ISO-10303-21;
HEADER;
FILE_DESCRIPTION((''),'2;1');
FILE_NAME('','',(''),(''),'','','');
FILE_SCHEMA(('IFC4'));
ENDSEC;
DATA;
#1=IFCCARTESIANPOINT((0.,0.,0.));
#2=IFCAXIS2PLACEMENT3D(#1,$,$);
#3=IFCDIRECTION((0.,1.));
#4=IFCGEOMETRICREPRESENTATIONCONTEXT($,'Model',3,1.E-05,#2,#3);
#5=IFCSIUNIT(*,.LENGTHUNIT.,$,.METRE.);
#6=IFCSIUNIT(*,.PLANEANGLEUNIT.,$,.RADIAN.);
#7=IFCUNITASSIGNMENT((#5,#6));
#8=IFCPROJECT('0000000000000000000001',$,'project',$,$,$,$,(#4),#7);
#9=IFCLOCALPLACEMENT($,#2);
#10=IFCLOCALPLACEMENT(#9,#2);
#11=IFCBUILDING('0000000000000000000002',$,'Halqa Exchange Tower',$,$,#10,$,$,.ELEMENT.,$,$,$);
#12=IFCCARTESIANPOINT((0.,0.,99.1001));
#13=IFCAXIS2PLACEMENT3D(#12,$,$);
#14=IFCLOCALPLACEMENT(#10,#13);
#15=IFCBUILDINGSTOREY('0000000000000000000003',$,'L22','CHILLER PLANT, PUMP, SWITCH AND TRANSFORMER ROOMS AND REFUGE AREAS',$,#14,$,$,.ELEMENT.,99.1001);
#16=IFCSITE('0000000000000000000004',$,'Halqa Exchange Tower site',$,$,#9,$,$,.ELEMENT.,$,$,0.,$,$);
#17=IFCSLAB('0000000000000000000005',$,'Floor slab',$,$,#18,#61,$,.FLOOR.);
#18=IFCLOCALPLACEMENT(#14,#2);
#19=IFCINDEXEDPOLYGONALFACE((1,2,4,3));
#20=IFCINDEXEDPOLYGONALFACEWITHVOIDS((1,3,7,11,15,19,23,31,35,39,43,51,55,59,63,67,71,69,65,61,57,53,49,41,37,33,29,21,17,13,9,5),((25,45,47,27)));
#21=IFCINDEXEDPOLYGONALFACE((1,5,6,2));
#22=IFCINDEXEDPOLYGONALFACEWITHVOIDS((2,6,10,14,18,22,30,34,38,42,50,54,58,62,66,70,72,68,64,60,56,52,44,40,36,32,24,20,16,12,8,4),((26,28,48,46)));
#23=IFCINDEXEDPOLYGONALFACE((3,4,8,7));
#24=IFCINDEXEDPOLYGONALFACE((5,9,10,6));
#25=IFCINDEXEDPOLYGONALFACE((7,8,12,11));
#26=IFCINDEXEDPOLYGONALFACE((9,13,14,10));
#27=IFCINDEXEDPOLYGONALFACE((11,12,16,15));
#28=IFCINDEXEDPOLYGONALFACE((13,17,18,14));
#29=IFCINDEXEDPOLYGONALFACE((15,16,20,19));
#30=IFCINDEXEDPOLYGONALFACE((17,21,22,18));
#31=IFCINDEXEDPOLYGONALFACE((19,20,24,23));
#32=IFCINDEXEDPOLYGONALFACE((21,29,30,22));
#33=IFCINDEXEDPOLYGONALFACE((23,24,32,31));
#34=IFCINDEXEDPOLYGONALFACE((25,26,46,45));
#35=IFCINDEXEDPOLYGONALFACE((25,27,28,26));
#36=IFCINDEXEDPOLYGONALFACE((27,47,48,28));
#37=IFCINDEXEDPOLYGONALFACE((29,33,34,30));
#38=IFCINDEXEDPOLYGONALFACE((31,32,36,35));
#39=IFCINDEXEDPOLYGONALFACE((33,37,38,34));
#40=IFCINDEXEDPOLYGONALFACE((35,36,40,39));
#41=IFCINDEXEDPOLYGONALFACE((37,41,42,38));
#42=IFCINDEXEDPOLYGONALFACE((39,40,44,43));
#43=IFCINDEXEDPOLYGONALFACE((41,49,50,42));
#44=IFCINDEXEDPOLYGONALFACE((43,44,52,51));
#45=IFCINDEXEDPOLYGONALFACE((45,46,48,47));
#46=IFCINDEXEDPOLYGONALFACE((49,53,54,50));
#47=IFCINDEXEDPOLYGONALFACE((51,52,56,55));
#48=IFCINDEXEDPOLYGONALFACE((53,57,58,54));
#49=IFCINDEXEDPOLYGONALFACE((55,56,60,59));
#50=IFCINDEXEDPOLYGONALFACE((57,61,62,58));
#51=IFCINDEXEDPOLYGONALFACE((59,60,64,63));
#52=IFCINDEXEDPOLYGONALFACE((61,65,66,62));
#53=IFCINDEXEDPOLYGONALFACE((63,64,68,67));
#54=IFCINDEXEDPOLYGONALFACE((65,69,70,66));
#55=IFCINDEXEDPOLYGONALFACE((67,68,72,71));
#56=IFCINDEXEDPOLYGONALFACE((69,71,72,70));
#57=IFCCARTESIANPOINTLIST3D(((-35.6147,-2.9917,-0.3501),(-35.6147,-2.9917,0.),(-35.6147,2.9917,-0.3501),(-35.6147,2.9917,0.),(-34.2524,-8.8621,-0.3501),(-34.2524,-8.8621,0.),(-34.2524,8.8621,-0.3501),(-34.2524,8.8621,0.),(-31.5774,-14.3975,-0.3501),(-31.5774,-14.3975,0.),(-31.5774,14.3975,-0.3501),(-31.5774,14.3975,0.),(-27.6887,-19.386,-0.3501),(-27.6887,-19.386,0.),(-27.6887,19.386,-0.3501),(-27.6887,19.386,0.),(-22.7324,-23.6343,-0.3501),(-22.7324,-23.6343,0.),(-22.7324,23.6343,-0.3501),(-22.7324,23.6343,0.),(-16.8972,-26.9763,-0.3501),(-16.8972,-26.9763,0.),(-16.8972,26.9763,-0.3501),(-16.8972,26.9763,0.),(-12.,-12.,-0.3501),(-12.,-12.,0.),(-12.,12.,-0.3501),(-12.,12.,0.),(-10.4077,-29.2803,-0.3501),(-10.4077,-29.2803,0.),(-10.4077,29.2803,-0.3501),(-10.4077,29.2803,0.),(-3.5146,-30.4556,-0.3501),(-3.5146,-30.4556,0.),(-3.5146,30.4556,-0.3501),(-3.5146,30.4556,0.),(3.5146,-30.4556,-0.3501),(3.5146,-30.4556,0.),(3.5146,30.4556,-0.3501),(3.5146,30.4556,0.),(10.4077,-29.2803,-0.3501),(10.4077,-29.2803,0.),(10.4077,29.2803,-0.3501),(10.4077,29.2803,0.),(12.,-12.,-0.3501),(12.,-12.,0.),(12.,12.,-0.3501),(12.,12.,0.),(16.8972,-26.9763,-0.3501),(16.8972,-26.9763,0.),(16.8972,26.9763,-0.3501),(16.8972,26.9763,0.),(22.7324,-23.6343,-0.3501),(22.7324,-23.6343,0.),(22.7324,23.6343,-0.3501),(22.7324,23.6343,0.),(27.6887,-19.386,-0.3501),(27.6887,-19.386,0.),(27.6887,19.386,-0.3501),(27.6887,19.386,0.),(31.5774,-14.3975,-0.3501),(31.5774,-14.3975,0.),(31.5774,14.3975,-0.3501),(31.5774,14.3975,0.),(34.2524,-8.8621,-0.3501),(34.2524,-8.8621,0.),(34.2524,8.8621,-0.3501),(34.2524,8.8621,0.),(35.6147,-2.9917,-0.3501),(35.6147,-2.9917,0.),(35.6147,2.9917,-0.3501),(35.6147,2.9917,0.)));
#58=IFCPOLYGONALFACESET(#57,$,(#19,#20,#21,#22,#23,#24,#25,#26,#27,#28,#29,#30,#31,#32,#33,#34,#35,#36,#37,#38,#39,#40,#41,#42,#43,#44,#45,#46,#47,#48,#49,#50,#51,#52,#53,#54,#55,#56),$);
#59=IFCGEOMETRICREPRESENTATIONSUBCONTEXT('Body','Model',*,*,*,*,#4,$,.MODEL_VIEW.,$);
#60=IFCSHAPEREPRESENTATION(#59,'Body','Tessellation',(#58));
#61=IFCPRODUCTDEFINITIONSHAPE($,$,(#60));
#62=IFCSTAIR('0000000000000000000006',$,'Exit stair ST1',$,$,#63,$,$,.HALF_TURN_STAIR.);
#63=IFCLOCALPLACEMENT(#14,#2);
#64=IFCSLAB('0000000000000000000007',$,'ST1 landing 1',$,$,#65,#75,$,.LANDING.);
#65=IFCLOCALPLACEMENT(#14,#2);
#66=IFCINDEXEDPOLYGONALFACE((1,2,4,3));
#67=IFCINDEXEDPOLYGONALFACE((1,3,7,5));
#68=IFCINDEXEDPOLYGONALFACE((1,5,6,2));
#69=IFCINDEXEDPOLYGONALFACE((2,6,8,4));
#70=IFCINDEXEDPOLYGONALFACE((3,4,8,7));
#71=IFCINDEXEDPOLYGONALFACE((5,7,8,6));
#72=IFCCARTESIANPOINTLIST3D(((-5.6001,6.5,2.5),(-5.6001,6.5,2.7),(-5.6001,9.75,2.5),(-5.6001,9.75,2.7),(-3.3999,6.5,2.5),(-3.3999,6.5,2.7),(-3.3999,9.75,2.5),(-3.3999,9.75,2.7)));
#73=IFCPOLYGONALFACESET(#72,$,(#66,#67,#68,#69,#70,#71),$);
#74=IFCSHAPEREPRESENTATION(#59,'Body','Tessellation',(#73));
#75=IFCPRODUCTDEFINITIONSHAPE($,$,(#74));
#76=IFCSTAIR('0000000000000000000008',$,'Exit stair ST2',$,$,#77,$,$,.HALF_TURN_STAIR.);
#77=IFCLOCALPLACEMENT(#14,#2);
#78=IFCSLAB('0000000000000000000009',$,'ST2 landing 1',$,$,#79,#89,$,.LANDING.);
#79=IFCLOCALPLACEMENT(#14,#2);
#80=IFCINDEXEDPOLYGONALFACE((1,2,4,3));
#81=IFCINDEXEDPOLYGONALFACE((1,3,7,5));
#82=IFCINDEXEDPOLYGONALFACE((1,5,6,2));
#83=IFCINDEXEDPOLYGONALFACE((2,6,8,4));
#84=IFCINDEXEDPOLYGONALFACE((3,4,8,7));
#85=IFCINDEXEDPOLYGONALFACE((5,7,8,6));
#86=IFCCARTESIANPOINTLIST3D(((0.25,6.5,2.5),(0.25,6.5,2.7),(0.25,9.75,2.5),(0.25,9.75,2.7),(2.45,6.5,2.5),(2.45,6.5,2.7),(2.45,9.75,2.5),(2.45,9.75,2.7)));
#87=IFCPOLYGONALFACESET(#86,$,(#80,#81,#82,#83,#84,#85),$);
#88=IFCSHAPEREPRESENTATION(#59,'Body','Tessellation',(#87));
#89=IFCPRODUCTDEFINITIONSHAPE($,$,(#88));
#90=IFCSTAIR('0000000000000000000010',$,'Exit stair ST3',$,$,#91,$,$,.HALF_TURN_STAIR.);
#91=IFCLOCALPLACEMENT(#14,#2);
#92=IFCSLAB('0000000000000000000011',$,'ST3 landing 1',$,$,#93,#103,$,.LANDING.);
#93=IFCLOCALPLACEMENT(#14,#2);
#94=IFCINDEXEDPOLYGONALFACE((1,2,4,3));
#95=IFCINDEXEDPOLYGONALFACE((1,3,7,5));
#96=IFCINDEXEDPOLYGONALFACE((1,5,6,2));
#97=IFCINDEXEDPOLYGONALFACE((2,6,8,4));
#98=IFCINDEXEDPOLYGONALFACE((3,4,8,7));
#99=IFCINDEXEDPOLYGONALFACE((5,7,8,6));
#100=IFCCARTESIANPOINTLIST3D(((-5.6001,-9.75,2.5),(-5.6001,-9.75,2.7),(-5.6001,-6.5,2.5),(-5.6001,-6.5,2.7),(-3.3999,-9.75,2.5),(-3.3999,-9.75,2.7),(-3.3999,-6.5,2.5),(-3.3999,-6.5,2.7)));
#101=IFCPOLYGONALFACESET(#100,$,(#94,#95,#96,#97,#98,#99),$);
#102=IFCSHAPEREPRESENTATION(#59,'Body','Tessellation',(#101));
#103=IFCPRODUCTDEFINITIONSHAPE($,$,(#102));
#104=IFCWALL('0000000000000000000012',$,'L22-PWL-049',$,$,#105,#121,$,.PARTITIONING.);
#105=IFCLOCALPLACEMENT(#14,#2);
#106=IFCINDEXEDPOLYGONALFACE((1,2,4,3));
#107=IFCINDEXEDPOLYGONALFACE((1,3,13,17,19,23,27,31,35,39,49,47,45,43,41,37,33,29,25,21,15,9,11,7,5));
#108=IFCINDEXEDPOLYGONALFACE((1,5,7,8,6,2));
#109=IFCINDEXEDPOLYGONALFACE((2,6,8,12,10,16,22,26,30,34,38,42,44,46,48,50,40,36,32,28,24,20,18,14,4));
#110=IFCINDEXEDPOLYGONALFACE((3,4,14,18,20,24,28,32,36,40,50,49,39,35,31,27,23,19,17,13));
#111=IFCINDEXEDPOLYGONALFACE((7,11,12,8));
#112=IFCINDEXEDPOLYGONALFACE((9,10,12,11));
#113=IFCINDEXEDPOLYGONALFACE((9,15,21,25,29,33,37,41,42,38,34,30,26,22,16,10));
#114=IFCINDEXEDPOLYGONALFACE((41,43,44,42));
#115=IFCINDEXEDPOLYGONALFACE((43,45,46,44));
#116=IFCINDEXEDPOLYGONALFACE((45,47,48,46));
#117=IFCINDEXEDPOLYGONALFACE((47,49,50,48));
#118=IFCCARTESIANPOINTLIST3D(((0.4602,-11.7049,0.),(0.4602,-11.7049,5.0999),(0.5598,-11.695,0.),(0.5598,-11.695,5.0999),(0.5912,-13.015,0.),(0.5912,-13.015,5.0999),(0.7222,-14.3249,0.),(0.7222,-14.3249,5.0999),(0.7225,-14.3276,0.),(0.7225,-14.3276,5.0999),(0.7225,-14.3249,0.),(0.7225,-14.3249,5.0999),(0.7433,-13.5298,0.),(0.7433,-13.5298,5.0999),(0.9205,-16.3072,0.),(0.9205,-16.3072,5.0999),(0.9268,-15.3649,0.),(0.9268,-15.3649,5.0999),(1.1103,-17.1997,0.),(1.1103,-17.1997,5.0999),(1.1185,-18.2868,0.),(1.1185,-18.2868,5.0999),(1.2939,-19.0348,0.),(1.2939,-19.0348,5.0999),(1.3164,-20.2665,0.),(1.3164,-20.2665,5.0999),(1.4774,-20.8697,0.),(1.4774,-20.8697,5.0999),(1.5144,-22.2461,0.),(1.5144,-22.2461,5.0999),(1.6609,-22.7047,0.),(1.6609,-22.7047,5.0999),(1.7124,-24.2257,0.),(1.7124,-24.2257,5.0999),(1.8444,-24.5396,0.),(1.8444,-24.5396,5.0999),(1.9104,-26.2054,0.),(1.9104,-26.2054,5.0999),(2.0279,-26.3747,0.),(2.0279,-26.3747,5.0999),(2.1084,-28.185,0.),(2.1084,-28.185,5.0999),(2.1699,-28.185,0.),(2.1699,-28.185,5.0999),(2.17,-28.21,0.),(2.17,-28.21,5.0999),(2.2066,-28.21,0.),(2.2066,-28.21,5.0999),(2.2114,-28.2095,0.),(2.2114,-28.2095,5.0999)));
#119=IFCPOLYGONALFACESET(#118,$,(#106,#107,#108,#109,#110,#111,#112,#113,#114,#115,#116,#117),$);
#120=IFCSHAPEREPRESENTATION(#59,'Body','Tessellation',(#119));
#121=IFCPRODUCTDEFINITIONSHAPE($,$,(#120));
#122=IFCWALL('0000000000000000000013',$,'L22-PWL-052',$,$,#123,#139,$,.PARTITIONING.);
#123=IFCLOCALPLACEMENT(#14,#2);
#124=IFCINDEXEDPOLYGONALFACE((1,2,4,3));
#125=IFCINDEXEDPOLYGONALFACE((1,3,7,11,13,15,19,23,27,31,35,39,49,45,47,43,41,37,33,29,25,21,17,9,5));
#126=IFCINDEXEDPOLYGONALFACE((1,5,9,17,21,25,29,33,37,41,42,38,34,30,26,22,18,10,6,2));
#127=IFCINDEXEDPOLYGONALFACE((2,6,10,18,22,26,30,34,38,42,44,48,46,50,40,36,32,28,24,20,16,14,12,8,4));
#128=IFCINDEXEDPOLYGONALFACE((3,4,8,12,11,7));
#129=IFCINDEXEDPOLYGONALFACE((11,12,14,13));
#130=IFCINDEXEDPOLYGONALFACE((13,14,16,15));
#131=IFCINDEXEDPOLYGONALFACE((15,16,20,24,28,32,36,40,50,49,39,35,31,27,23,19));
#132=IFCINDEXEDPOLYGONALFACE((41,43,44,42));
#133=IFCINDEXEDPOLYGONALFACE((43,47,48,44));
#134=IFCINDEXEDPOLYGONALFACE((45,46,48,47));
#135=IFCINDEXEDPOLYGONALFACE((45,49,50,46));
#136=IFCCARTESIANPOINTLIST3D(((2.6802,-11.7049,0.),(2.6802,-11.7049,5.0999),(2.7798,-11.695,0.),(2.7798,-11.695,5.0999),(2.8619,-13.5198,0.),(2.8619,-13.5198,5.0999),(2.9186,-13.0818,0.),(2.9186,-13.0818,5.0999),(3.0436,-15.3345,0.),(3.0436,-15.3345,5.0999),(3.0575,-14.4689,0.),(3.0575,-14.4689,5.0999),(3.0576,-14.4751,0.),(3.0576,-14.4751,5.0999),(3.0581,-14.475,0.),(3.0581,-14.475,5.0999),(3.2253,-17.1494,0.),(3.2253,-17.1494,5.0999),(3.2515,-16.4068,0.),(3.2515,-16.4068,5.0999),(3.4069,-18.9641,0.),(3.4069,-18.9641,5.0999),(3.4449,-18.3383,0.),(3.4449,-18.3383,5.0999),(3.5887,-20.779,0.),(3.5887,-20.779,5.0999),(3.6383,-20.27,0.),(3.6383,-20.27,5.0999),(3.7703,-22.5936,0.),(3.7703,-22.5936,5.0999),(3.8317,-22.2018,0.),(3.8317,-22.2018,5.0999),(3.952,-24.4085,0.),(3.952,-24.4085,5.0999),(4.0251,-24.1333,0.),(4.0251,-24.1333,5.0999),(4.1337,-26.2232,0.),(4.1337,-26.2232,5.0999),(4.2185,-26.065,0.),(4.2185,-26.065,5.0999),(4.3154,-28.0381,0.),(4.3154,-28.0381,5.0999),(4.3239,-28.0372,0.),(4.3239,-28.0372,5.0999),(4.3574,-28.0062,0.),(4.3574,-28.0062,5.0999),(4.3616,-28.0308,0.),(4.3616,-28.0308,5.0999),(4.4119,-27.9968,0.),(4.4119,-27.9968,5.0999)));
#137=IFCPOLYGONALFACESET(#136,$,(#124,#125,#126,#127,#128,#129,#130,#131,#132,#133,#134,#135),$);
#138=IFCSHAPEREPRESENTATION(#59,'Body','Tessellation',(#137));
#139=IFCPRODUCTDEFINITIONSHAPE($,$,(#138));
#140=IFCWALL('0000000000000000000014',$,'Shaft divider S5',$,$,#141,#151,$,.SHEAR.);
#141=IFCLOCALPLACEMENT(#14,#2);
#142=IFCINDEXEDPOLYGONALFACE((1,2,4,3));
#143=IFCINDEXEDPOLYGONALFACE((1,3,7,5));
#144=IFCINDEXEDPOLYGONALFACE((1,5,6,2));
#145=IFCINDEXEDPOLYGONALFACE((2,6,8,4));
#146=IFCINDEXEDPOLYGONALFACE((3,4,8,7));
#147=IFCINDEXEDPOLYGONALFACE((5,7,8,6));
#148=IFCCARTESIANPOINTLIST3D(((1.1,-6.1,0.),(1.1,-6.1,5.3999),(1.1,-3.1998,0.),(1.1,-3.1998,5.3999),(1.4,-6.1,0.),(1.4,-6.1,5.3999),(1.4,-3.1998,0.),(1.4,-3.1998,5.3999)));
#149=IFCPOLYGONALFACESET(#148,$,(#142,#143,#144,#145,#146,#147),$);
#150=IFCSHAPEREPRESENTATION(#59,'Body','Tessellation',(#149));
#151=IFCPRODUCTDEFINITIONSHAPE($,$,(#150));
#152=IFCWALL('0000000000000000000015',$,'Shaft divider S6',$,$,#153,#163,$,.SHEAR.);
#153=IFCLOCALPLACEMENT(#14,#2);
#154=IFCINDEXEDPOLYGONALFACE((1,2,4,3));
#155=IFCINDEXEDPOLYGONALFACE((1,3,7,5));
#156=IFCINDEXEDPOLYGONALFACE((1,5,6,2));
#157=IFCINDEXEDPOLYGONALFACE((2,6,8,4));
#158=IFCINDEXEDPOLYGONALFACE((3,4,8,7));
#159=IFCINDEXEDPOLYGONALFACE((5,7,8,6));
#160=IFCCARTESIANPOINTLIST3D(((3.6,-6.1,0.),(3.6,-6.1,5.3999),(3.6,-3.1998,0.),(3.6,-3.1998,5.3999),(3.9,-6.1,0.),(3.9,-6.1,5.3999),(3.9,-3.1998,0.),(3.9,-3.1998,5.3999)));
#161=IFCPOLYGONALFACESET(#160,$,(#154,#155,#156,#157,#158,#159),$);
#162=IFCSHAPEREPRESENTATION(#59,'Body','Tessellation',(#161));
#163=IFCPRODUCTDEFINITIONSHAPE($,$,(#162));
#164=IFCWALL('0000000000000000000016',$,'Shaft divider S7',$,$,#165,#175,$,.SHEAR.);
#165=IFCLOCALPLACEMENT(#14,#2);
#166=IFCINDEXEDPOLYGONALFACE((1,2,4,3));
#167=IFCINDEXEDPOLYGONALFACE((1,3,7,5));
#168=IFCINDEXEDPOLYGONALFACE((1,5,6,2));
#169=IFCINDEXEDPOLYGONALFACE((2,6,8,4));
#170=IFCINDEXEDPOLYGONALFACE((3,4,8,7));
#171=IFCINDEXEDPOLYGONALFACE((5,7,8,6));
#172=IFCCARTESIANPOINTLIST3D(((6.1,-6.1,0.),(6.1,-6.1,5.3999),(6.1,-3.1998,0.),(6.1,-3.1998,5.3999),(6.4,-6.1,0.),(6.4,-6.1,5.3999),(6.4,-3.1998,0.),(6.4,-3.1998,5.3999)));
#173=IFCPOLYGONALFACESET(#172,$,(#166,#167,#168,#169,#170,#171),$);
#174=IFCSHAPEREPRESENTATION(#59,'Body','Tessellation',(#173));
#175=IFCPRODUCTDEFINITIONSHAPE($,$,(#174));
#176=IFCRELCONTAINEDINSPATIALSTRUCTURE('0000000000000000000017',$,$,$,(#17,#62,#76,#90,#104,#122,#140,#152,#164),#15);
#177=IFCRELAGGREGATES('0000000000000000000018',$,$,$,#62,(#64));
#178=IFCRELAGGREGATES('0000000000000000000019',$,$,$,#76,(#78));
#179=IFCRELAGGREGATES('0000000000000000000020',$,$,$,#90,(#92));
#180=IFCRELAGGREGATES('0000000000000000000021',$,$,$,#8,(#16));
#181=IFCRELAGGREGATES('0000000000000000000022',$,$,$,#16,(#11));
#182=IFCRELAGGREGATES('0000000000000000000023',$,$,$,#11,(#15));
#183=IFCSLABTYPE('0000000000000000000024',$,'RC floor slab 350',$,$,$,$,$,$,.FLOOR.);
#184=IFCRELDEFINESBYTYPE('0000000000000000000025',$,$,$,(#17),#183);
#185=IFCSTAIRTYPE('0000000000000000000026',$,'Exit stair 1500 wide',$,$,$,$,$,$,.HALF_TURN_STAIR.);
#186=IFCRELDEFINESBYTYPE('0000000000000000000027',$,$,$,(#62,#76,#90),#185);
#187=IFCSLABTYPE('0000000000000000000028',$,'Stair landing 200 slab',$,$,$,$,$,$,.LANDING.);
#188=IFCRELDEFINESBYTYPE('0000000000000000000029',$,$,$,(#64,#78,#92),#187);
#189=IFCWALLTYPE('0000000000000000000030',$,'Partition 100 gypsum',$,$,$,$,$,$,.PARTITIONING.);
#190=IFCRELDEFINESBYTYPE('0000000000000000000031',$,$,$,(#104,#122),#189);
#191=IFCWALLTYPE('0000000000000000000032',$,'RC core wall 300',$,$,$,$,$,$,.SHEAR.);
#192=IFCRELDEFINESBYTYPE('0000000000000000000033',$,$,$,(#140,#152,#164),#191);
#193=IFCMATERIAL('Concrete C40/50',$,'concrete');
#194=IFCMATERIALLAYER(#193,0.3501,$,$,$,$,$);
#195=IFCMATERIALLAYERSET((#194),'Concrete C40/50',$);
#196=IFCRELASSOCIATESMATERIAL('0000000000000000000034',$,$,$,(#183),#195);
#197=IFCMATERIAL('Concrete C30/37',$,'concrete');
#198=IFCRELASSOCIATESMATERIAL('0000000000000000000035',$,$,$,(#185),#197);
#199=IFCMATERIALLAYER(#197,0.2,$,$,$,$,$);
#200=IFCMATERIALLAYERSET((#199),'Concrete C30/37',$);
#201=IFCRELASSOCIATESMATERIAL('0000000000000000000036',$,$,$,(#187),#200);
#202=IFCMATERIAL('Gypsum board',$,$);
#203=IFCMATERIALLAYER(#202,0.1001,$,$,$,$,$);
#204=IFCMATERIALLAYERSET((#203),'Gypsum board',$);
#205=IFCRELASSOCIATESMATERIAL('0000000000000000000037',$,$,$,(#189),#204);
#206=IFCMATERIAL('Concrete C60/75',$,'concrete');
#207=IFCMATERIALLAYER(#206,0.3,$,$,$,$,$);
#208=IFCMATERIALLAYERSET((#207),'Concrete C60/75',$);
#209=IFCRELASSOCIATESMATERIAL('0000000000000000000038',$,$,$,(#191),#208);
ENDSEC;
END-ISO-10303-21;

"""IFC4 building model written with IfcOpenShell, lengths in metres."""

from ifc_helpers import new_model, si_unit, direction, frame, frame_2d, origin, place, context, subcontext, project, spatial, polyline, rectangle, outline, extrude, material, layer, layer_set, type_object, element, aggregate, save


model = new_model("IFC4")

# Units and contexts
model_context = context("Model", 3, precision=1e-05, world=origin(), true_north=direction((0.0, 1.0)))
body_context = subcontext(model_context, "Body", "Model", "MODEL_VIEW")
ifc_project = project(units=[si_unit("LENGTHUNIT", "METRE"), si_unit("PLANEANGLEUNIT", "RADIAN")], contexts=[model_context])

# Site, building, storey
site_placement = place(None, origin())
site = spatial("IfcSite", under=ifc_project, at=site_placement, Name="Halqa Exchange Tower site", CompositionType="ELEMENT", RefElevation=0.0)
building_placement = place(site_placement, origin())
building = spatial("IfcBuilding", under=site, at=building_placement, Name="Halqa Exchange Tower", CompositionType="ELEMENT")
storey_placement = place(building_placement, frame((0.0, 0.0, 99.1001)))
storey = spatial("IfcBuildingStorey", under=building, at=storey_placement, Name="L22", Description="CHILLER PLANT, PUMP, SWITCH AND TRANSFORMER ROOMS AND REFUGE AREAS", CompositionType="ELEMENT", Elevation=99.1001)

# Slab
ifc_material_1 = material(Name="Concrete C60/75", Category="concrete")
ifc_material_2 = material(Name="Concrete C40/50", Category="concrete")
ifc_layer_1 = layer(ifc_material_2, 0.3501)
ifc_layer_set_1 = layer_set([ifc_layer_1], Name="Concrete C40/50")
slab_type_1 = type_object("IfcSlabType", Name="RC floor slab 350", PredefinedType="FLOOR", material=ifc_layer_set_1)
slab_1_placement = place(storey_placement, frame((0.0, 0.0, -0.3501)))
element("IfcSlab", 1, at=slab_1_placement, inside=storey, type_object=slab_type_1, Name="Floor slab", PredefinedType="FLOOR", context=body_context, shape_type="SweptSolid", body=[
    extrude(outline(polyline([(35.6147, 2.9917), (35.6147, -2.9917), (34.2524, -8.8621), (31.5774, -14.3975), (27.6887, -19.386), (22.7324, -23.6343), (16.8972, -26.9763), (10.4077, -29.2803), (3.5146, -30.4556), (-3.5146, -30.4556), (-10.4077, -29.2803), (-16.8972, -26.9763), (-22.7324, -23.6343), (-27.6887, -19.386), (-31.5774, -14.3975), (-34.2524, -8.8621), (-35.6147, -2.9917), (-35.6147, 2.9917), (-34.2524, 8.8621), (-31.5774, 14.3975), (-27.6887, 19.386), (-22.7324, 23.6343), (-16.8972, 26.9763), (-10.4077, 29.2803), (-3.5146, 30.4556), (3.5146, 30.4556), (10.4077, 29.2803), (16.8972, 26.9763), (22.7324, 23.6343), (27.6887, 19.386), (31.5774, 14.3975), (34.2524, 8.8621), (35.6147, 2.9917)]), holes=[polyline([(-12.0, -12.0), (12.0, -12.0), (12.0, 12.0), (-12.0, 12.0), (-12.0, -12.0)])]), origin(), (0.0, 0.0, 1.0), 0.3501),
])

# Stairs, slabs
ifc_material_3 = material(Name="Concrete C30/37", Category="concrete")
stair_type = type_object("IfcStairType", Name="Exit stair 1500 wide", PredefinedType="HALF_TURN_STAIR", material=ifc_material_3)
stair_1_placement = place(storey_placement, origin())
stair_1 = element("IfcStair", 2, at=stair_1_placement, inside=storey, type_object=stair_type, Name="Exit stair ST1", PredefinedType="HALF_TURN_STAIR")
ifc_layer_2 = layer(ifc_material_3, 0.2)
ifc_layer_set_2 = layer_set([ifc_layer_2], Name="Concrete C30/37")
slab_type_2 = type_object("IfcSlabType", Name="Stair landing 200 slab", PredefinedType="LANDING", material=ifc_layer_set_2)
slab_2_placement = place(storey_placement, frame((0.0, 0.0, 2.5)))
slab_2 = element("IfcSlab", 3, at=slab_2_placement, type_object=slab_type_2, Name="ST1 landing 1", PredefinedType="LANDING", context=body_context, shape_type="SweptSolid", body=[
    extrude(outline(polyline([(-5.6001, 6.5), (-3.3999, 6.5), (-3.3999, 9.75), (-5.6001, 9.75), (-5.6001, 6.5)])), origin(), (0.0, 0.0, 1.0), 0.2),
])
aggregate(stair_1, [slab_2])
stair_2_placement = place(storey_placement, origin())
stair_2 = element("IfcStair", 4, at=stair_2_placement, inside=storey, type_object=stair_type, Name="Exit stair ST2", PredefinedType="HALF_TURN_STAIR")
slab_3_placement = place(storey_placement, frame((0.0, 0.0, 2.5)))
slab_3 = element("IfcSlab", 5, at=slab_3_placement, type_object=slab_type_2, Name="ST2 landing 1", PredefinedType="LANDING", context=body_context, shape_type="SweptSolid", body=[
    extrude(outline(polyline([(0.25, 6.5), (2.45, 6.5), (2.45, 9.75), (0.25, 9.75), (0.25, 6.5)])), origin(), (0.0, 0.0, 1.0), 0.2),
])
aggregate(stair_2, [slab_3])
stair_3_placement = place(storey_placement, origin())
stair_3 = element("IfcStair", 6, at=stair_3_placement, inside=storey, type_object=stair_type, Name="Exit stair ST3", PredefinedType="HALF_TURN_STAIR")
slab_4_placement = place(storey_placement, frame((0.0, 0.0, 2.5)))
slab_4 = element("IfcSlab", 7, at=slab_4_placement, type_object=slab_type_2, Name="ST3 landing 1", PredefinedType="LANDING", context=body_context, shape_type="SweptSolid", body=[
    extrude(outline(polyline([(-5.6001, -9.75), (-3.3999, -9.75), (-3.3999, -6.5), (-5.6001, -6.5), (-5.6001, -9.75)])), origin(), (0.0, 0.0, 1.0), 0.2),
])
aggregate(stair_3, [slab_4])

# Walls
ifc_material_4 = material(Name="Gypsum board")
ifc_layer_3 = layer(ifc_material_4, 0.1001)
ifc_layer_set_3 = layer_set([ifc_layer_3], Name="Gypsum board")
wall_type_1 = type_object("IfcWallType", Name="Partition 100 gypsum", PredefinedType="PARTITIONING", material=ifc_layer_set_3)
wall_1_placement = place(storey_placement, frame((0.51, -11.7, 0.0), z_axis=(0.0, 0.0, 1.0), x_axis=(0.099512, -0.995036, 0.0)))
element("IfcWall", 8, at=wall_1_placement, inside=storey, type_object=wall_type_1, Name="L22-PWL-049", PredefinedType="PARTITIONING", context=body_context, shape_type="SweptSolid", body=[
    extrude(outline(polyline([(0.0, -0.05), (1.3167, -0.05), (2.6331, -0.05), (2.6331, -0.0498), (2.6357, -0.05), (4.6252, -0.05), (6.6147, -0.05), (8.6042, -0.05), (10.5938, -0.05), (12.5833, -0.05), (14.5728, -0.05), (16.5623, -0.05), (16.5684, 0.0112), (16.5933, 0.0088), (16.5969, 0.0452), (16.5969, 0.05), (14.7529, 0.05), (12.9087, 0.05), (11.0647, 0.05), (9.2205, 0.05), (7.3765, 0.05), (5.5322, 0.05), (3.6882, 0.05), (1.844, 0.05), (0.0, 0.05), (0.0, -0.05)])), origin(), (0.0, 0.0, 1.0), 5.0999),
])
wall_2_placement = place(storey_placement, frame((2.73, -11.7, 0.0), z_axis=(0.0, 0.0, 1.0), x_axis=(0.09962, -0.995026, 0.0)))
element("IfcWall", 9, at=wall_2_placement, inside=storey, type_object=wall_type_1, Name="L22-PWL-052", PredefinedType="PARTITIONING", context=body_context, shape_type="SweptSolid", body=[
    extrude(outline(polyline([(16.4148, -0.05), (16.4148, -0.0415), (16.4121, -0.0034), (16.4148, -0.0032), (16.4148, -0.0032), (16.3872, -0.0051), (16.3833, 0.05), (14.4419, 0.05), (12.5005, 0.05), (10.5593, 0.05), (8.6179, 0.05), (6.6765, 0.05), (4.7354, 0.05), (2.7939, 0.05), (2.7939, 0.0496), (2.7878, 0.05), (1.3938, 0.05), (0.0, 0.05), (0.0, -0.05), (1.824, -0.05), (3.6477, -0.05), (5.4717, -0.05), (7.2954, -0.05), (9.1194, -0.05), (10.9431, -0.05), (12.7671, -0.05), (14.5908, -0.05), (16.4148, -0.05)])), origin(), (0.0, 0.0, 1.0), 5.0999),
])
ifc_layer_4 = layer(ifc_material_1, 0.3)
ifc_layer_set_4 = layer_set([ifc_layer_4], Name="Concrete C60/75")
wall_type_2 = type_object("IfcWallType", Name="RC core wall 300", PredefinedType="SHEAR", material=ifc_layer_set_4)
for number, where, z_axis, x_axis, name in (
    (10, (1.25, -6.1001, 0.0), (0.0, 0.0, 1.0), (0.0, 1.0, 0.0), "Shaft divider S5"),
    (11, (3.75, -6.1001, 0.0), (0.0, 0.0, 1.0), (0.0, 1.0, 0.0), "Shaft divider S6"),
    (12, (6.25, -6.1001, 0.0), (0.0, 0.0, 1.0), (0.0, 1.0, 0.0), "Shaft divider S7"),
):
    element("IfcWall", number, at=place(storey_placement, frame(where, z_axis=z_axis, x_axis=x_axis)), inside=storey, type_object=wall_type_2, Name=name, PredefinedType="SHEAR", context=body_context, shape_type="SweptSolid", body=[
        extrude(rectangle(XDim=2.9001, YDim=0.3, at=frame_2d((1.4502, 0.0))), origin(), (0.0, 0.0, 1.0), 5.3999),
    ])

save(model, "model.ifc")
